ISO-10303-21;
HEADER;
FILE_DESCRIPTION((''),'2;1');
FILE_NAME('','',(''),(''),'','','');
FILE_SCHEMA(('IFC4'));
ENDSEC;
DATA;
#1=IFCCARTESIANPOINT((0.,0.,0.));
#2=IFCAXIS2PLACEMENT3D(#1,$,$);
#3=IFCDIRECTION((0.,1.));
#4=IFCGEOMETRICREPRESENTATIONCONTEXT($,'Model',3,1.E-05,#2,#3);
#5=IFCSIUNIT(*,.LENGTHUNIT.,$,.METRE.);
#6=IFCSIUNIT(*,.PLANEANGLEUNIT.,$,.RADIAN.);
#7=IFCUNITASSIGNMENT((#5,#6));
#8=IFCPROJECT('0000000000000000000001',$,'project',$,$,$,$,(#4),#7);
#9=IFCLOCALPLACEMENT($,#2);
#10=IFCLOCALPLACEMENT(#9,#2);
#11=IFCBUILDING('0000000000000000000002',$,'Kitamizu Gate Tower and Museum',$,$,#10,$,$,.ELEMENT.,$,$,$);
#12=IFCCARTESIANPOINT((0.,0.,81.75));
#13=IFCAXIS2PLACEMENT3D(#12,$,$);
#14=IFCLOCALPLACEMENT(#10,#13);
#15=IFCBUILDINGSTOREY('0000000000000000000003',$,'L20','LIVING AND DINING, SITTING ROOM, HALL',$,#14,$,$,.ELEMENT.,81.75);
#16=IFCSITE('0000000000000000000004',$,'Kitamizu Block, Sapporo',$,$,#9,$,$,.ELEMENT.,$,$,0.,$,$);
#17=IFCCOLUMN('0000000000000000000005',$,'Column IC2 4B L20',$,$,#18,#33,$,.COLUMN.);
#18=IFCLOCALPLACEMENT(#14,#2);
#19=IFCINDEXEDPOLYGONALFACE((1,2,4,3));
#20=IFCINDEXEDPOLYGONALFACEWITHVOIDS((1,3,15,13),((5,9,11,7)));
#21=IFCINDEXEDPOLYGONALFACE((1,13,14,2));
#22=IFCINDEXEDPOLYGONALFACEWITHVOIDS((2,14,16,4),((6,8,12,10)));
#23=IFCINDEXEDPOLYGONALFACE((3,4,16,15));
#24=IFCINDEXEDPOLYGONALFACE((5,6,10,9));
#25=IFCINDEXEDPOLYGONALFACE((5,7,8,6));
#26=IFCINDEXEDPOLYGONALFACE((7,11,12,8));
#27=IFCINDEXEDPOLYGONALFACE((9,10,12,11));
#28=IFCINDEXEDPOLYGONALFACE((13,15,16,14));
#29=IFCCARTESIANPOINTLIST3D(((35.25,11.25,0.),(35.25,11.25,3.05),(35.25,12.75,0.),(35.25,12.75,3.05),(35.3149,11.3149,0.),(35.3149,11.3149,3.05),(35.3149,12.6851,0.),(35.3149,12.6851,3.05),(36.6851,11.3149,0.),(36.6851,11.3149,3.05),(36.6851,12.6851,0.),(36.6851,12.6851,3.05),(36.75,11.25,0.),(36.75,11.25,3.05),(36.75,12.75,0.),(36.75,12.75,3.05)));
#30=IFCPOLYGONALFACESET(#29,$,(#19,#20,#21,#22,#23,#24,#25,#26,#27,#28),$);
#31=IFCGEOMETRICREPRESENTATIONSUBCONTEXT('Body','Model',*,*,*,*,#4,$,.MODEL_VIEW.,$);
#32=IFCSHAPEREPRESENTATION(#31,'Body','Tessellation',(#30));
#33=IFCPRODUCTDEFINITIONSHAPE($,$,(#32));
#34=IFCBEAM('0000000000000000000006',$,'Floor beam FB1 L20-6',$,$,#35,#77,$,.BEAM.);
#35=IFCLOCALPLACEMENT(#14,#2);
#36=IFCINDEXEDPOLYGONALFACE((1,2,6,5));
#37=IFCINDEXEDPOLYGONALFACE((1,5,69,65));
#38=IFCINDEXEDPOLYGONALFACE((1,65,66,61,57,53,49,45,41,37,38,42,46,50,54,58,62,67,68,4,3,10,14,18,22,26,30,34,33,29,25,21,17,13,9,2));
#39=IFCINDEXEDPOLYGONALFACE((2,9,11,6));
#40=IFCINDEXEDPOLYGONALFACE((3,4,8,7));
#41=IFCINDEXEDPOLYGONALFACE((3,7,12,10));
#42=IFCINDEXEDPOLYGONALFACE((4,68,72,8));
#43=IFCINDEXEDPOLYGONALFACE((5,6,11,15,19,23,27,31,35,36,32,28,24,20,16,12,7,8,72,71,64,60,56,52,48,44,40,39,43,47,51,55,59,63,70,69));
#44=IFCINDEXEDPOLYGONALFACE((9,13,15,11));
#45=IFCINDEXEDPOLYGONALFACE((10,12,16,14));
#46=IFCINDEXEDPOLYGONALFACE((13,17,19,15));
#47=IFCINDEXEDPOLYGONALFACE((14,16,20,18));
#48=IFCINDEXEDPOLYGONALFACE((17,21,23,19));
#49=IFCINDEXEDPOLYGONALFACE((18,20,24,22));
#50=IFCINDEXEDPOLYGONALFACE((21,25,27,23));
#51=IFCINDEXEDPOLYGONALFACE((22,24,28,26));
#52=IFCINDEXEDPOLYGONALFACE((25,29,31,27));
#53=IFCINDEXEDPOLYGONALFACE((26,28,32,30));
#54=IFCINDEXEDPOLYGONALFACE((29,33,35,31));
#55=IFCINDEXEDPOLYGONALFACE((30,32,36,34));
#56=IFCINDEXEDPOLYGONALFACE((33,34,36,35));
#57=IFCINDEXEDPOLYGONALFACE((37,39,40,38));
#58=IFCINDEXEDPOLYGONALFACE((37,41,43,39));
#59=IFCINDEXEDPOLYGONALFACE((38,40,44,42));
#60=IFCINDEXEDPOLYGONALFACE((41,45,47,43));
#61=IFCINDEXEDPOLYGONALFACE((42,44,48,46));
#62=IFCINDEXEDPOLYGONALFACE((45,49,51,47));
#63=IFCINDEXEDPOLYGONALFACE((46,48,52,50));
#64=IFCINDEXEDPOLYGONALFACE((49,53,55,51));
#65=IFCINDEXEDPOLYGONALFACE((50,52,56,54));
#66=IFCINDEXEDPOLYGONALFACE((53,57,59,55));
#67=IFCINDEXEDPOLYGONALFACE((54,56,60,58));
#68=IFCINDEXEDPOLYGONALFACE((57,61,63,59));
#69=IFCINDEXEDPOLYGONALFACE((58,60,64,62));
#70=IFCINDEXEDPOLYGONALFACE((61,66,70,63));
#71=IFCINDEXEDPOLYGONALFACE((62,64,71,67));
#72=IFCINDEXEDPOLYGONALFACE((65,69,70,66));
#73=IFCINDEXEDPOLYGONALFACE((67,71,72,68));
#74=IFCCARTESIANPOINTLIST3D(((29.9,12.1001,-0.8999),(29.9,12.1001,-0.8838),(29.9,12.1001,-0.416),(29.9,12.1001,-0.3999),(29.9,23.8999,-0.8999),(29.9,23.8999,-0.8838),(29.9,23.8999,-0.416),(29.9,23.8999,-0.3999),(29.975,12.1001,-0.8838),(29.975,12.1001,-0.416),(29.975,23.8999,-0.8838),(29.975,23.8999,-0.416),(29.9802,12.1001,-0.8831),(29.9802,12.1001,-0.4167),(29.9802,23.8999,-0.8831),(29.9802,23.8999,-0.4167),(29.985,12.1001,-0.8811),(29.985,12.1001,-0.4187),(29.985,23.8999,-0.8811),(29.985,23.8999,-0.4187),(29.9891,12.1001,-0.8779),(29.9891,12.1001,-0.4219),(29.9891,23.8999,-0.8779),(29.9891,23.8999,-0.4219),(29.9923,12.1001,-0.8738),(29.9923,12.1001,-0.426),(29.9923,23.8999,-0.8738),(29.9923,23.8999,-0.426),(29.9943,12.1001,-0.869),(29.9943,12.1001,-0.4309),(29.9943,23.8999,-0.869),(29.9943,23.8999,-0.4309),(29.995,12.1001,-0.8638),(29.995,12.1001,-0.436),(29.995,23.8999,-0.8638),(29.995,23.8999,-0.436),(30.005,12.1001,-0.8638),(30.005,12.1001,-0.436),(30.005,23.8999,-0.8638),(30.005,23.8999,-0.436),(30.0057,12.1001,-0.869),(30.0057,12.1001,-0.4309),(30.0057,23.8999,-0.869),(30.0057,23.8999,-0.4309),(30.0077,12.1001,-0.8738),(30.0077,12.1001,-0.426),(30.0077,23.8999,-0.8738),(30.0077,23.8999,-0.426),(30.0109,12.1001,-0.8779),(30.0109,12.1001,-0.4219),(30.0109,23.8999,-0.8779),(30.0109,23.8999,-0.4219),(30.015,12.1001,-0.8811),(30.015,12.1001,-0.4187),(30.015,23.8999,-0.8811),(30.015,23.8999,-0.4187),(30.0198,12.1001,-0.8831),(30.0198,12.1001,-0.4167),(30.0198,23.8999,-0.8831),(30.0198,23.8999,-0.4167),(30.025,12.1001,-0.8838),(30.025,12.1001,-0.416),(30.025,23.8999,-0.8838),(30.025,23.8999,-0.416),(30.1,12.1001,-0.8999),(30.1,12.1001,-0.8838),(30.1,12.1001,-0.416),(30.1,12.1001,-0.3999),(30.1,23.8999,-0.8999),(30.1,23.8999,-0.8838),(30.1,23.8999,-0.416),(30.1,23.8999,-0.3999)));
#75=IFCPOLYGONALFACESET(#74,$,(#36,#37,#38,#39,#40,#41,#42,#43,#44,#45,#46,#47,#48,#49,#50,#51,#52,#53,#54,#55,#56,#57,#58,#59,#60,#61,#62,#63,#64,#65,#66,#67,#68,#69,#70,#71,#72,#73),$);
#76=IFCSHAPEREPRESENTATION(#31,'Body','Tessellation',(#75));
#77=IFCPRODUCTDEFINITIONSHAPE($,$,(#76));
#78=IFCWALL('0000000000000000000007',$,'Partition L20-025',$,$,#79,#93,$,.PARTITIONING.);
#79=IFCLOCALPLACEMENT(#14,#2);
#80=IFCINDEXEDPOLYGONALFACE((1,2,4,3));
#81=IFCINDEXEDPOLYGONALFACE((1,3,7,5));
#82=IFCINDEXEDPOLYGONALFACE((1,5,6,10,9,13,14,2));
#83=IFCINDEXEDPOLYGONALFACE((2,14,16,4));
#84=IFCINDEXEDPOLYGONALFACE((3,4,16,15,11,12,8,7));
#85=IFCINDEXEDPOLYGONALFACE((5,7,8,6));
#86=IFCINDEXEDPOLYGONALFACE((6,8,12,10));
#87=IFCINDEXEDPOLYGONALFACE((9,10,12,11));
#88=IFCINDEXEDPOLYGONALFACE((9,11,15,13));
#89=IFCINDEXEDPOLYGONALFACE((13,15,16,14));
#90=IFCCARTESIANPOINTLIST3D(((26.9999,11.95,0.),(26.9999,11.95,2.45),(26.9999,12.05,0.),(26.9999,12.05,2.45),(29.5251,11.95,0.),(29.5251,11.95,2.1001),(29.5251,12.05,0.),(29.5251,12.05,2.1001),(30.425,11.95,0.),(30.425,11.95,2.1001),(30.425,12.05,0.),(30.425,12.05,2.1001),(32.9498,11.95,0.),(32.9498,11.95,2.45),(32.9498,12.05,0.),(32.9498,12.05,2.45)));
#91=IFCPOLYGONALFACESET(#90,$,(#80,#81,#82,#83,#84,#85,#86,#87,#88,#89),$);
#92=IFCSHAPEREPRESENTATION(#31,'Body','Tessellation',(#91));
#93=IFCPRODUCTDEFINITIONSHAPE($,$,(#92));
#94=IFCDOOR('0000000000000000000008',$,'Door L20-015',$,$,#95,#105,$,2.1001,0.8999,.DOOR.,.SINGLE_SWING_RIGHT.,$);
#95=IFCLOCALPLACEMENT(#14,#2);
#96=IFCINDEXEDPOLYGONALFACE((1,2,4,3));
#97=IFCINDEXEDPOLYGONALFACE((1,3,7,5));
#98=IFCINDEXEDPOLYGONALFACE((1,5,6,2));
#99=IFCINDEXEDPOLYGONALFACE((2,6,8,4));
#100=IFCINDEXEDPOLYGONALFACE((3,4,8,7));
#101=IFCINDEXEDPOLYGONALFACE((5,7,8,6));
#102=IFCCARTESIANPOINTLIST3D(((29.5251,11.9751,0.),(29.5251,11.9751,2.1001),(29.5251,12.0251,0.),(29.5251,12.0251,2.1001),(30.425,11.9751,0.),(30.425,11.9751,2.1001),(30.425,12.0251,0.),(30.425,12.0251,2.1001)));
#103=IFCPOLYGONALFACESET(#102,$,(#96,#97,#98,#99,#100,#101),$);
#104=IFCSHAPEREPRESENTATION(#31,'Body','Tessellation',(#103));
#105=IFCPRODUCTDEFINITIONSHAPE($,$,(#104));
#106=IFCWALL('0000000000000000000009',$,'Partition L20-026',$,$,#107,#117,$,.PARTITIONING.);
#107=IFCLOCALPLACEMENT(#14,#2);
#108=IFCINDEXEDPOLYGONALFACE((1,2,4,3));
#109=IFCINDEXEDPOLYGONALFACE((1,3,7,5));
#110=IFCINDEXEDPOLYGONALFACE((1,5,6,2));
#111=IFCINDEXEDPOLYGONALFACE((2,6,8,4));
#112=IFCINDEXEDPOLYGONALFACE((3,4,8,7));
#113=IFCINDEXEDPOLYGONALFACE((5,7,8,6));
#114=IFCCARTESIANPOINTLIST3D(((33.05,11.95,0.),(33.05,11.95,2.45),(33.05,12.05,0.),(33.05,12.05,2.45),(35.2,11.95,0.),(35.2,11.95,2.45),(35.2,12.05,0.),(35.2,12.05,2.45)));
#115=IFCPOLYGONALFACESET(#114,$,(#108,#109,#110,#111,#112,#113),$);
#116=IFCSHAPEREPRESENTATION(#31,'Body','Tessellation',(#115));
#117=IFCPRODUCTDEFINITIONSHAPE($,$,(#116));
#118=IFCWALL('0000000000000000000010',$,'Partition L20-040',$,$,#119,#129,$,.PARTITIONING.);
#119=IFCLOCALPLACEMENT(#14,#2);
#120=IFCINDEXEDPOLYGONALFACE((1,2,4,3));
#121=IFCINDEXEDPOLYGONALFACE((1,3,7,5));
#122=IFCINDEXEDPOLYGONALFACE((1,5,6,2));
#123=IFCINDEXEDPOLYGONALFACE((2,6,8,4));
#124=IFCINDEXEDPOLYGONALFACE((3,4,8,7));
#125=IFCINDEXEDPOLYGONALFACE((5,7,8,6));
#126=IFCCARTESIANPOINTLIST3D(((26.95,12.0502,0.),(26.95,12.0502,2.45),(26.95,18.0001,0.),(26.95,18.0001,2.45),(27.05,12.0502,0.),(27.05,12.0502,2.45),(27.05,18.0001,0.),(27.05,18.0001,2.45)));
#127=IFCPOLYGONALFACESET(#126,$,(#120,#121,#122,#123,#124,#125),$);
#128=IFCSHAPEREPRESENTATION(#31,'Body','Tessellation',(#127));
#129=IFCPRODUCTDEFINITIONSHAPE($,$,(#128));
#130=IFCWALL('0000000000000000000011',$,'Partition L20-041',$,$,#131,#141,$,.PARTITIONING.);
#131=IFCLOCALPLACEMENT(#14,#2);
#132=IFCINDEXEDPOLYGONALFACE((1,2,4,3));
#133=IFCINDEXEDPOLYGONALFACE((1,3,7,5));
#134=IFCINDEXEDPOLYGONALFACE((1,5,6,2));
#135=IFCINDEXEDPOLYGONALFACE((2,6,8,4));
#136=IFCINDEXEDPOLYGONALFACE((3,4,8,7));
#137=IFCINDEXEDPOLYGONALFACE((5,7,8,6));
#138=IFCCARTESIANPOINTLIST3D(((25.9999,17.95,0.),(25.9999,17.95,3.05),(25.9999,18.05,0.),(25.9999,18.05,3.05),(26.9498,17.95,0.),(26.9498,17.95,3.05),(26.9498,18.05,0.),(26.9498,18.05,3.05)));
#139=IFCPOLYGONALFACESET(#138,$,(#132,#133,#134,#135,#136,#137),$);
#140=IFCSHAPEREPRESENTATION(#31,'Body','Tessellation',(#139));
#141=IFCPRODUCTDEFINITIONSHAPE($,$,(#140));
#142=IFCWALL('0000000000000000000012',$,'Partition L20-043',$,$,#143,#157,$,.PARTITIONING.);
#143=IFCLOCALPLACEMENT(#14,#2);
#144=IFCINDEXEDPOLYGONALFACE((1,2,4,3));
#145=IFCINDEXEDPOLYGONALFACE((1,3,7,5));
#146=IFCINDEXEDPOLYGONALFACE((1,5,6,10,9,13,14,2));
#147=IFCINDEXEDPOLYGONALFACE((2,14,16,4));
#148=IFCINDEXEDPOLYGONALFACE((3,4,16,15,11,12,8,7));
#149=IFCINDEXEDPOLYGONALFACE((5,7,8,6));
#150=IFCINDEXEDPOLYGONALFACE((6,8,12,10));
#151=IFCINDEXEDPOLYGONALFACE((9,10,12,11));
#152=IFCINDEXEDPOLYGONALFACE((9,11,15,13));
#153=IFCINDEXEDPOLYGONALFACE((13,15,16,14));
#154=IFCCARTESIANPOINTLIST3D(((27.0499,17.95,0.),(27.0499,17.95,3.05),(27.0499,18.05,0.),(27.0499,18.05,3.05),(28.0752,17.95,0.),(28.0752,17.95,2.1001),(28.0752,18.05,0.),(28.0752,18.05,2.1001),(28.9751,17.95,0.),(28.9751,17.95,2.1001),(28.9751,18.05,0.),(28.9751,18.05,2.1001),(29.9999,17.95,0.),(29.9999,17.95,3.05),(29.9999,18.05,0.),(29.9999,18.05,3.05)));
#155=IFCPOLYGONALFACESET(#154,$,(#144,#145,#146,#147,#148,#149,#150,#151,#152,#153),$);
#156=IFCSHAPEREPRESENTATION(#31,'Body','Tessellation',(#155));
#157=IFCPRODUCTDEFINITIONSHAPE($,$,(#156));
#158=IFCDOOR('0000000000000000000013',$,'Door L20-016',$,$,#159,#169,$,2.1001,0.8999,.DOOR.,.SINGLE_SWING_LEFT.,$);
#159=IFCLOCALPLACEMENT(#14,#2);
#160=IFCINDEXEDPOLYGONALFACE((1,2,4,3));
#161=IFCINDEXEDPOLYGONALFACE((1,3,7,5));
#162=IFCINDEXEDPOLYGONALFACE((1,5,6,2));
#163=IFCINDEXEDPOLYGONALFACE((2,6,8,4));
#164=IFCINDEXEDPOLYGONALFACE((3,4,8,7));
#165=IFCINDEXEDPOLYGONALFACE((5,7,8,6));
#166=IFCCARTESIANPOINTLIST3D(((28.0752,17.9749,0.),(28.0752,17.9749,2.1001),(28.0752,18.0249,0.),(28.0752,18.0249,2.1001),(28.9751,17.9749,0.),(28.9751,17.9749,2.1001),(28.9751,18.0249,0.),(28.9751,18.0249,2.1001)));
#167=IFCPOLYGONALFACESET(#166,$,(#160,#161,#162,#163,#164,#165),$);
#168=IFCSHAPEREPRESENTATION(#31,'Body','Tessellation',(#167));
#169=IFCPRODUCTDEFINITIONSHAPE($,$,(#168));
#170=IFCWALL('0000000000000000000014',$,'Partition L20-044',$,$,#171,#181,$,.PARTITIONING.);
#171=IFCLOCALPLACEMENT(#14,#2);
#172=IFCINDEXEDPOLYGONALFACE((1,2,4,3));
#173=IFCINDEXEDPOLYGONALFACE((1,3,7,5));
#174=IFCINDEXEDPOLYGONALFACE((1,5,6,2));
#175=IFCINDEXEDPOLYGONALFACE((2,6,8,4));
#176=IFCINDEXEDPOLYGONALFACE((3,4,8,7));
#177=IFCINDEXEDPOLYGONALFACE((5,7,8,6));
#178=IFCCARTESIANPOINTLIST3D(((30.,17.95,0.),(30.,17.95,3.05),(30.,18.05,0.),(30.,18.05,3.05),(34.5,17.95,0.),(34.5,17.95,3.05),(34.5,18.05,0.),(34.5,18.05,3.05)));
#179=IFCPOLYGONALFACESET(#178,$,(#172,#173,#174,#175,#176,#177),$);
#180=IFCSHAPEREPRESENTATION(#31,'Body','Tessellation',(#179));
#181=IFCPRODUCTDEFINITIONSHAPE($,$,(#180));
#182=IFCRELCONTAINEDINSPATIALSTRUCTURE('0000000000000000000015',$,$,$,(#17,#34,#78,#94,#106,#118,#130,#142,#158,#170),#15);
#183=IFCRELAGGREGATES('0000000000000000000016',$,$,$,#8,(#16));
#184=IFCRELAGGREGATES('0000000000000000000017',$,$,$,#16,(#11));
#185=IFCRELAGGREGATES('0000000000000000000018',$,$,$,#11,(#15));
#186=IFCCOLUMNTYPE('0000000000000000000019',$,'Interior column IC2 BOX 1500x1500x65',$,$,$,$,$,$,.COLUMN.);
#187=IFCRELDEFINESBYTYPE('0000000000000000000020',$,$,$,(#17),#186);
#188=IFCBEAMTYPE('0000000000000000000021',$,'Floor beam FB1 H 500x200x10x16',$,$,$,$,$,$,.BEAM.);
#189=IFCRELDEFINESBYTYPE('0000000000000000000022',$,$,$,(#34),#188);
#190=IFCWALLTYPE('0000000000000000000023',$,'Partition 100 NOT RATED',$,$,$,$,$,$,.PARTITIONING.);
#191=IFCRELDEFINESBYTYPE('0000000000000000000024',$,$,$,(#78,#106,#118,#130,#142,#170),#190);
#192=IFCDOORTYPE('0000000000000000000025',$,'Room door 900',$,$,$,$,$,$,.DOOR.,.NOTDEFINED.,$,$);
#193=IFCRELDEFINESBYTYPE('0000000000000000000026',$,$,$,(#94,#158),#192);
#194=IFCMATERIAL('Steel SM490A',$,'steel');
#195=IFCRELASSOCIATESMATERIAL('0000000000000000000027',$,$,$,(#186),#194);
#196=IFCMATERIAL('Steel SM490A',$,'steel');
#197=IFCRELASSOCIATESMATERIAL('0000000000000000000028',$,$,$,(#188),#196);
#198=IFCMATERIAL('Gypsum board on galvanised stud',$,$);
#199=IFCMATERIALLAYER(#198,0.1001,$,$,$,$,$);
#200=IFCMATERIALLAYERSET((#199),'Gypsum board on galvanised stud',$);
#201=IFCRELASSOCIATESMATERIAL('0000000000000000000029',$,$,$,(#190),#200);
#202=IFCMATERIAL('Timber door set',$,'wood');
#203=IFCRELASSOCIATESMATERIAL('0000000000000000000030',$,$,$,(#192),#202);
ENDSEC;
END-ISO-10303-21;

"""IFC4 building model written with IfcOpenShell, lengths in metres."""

from ifc_helpers import new_model, si_unit, direction, frame, frame_2d, origin, origin_2d, place, context, subcontext, project, spatial, rectangle, hollow_rectangle, i_section, extrude, material, layer, layer_set, material_profile, profile_set, type_object, element, fill, save


model = new_model("IFC4")

# Units and contexts
model_context = context("Model", 3, precision=1e-05, world=origin(), true_north=direction((0.0, 1.0)))
body_context = subcontext(model_context, "Body", "Model", "MODEL_VIEW")
ifc_project = project(units=[si_unit("LENGTHUNIT", "METRE"), si_unit("PLANEANGLEUNIT", "RADIAN")], contexts=[model_context])

# Site, building, storey
site_placement = place(None, origin())
site = spatial("IfcSite", under=ifc_project, at=site_placement, Name="Kitamizu Block, Sapporo", CompositionType="ELEMENT", RefElevation=0.0)
building_placement = place(site_placement, origin())
building = spatial("IfcBuilding", under=site, at=building_placement, Name="Kitamizu Gate Tower and Museum", CompositionType="ELEMENT")
storey_placement = place(building_placement, frame((0.0, 0.0, 81.75)))
storey = spatial("IfcBuildingStorey", under=building, at=storey_placement, Name="L20", Description="LIVING AND DINING, SITTING ROOM, HALL", CompositionType="ELEMENT", Elevation=81.75)

# Column
ifc_material_1 = material(Name="Steel SM490A", Category="steel")
ifc_material_profile_1 = material_profile(ifc_material_1, hollow_rectangle(XDim=1.5, YDim=1.5, WallThickness=0.0649, at=origin_2d()), Name="BOX 1500x1500x65")
ifc_profile_set_1 = profile_set([ifc_material_profile_1], Name="Steel SM490A")
column_type = type_object("IfcColumnType", Name="Interior column IC2 BOX 1500x1500x65", PredefinedType="COLUMN", material=ifc_profile_set_1)
column_placement = place(storey_placement, frame((36.0, 12.0, 0.0), z_axis=(0.0, 0.0, 1.0), x_axis=(1.0, 0.0, 0.0)))
element("IfcColumn", 1, at=column_placement, inside=storey, type_object=column_type, Name="Column IC2 4B L20", PredefinedType="COLUMN", context=body_context, shape_type="SweptSolid", body=[
    extrude(hollow_rectangle(XDim=1.5, YDim=1.5, WallThickness=0.0649, at=origin_2d()), origin(), (0.0, 0.0, 1.0), 3.05),
])

# Beam
ifc_material_2 = material(Name="Steel SM490A", Category="steel")
ifc_material_profile_2 = material_profile(ifc_material_2, i_section(OverallWidth=0.2, OverallDepth=0.5, WebThickness=0.01, FlangeThickness=0.0161, FilletRadius=0.02, at=origin_2d()), Name="H-500x200x10x16")
ifc_profile_set_2 = profile_set([ifc_material_profile_2], Name="Steel SM490A")
beam_type = type_object("IfcBeamType", Name="Floor beam FB1 H 500x200x10x16", PredefinedType="BEAM", material=ifc_profile_set_2)
beam_placement = place(storey_placement, frame((30.0, 12.1001, -0.6499), z_axis=(0.0, 1.0, 0.0), x_axis=(-1.0, 0.0, 0.0)))
element("IfcBeam", 2, at=beam_placement, inside=storey, type_object=beam_type, Name="Floor beam FB1 L20-6", PredefinedType="BEAM", context=body_context, shape_type="SweptSolid", body=[
    extrude(i_section(OverallWidth=0.2, OverallDepth=0.5, WebThickness=0.01, FlangeThickness=0.0161, FilletRadius=0.02, at=origin_2d()), origin(), (0.0, 0.0, 1.0), 11.7998),
])

# Wall, opening, door
ifc_material_3 = material(Name="Gypsum board on galvanised stud")
ifc_layer_1 = layer(ifc_material_3, 0.1001)
ifc_layer_set_1 = layer_set([ifc_layer_1], Name="Gypsum board on galvanised stud")
wall_type_1 = type_object("IfcWallType", Name="Partition 100 NOT RATED", PredefinedType="PARTITIONING", material=ifc_layer_set_1)
wall_1_placement = place(storey_placement, frame((32.95, 12.0, 0.0), z_axis=(0.0, 0.0, 1.0), x_axis=(-1.0, 0.0, 0.0)))
wall_1 = element("IfcWall", 3, at=wall_1_placement, inside=storey, type_object=wall_type_1, Name="Partition L20-025", PredefinedType="PARTITIONING", context=body_context, shape_type="SweptSolid", body=[
    extrude(rectangle(XDim=5.95, YDim=0.1001, at=frame_2d((2.9751, 0.0))), origin(), (0.0, 0.0, 1.0), 2.45),
])
opening_1_placement = place(wall_1_placement, frame((2.5249, 0.0, 0.0)))
opening_1 = element("IfcOpeningElement", 4, at=opening_1_placement, cuts=wall_1, PredefinedType="OPENING", context=body_context, shape_type="SweptSolid", body=[
    extrude(rectangle(XDim=0.8999, YDim=2.1001, at=frame_2d((0.45, 1.05))), frame((0.0, 0.0601, 0.0), z_axis=(0.0, -1.0, 0.0), x_axis=(1.0, 0.0, 0.0)), (0.0, 0.0, 1.0), 0.1201),
])
ifc_material_4 = material(Name="Timber door set", Category="wood")
door_type = type_object("IfcDoorType", Name="Room door 900", OperationType="NOTDEFINED", PredefinedType="DOOR", material=ifc_material_4)
door_1_placement = place(opening_1_placement, origin())
door_1 = element("IfcDoor", 5, at=door_1_placement, inside=storey, type_object=door_type, Name="Door L20-015", OperationType="SINGLE_SWING_RIGHT", OverallHeight=2.1001, OverallWidth=0.8999, PredefinedType="DOOR", context=body_context, shape_type="SweptSolid", body=[
    extrude(rectangle(XDim=0.8999, YDim=2.1001, at=frame_2d((0.45, 1.05))), frame((0.0, 0.0249, 0.0), z_axis=(0.0, -1.0, 0.0), x_axis=(1.0, 0.0, 0.0)), (0.0, 0.0, 1.0), 0.05),
])
fill(opening_1, door_1)

# Walls
wall_2_placement = place(storey_placement, frame((35.2, 12.0, 0.0), z_axis=(0.0, 0.0, 1.0), x_axis=(-1.0, 0.0, 0.0)))
element("IfcWall", 6, at=wall_2_placement, inside=storey, type_object=wall_type_1, Name="Partition L20-026", PredefinedType="PARTITIONING", context=body_context, shape_type="SweptSolid", body=[
    extrude(rectangle(XDim=2.1499, YDim=0.1001, at=frame_2d((1.075, 0.0))), origin(), (0.0, 0.0, 1.0), 2.45),
])
wall_3_placement = place(storey_placement, frame((27.0, 12.05, 0.0), z_axis=(0.0, 0.0, 1.0), x_axis=(0.0, 1.0, 0.0)))
element("IfcWall", 7, at=wall_3_placement, inside=storey, type_object=wall_type_1, Name="Partition L20-040", PredefinedType="PARTITIONING", context=body_context, shape_type="SweptSolid", body=[
    extrude(rectangle(XDim=5.95, YDim=0.1001, at=frame_2d((2.9751, 0.0))), origin(), (0.0, 0.0, 1.0), 2.45),
])
wall_4_placement = place(storey_placement, frame((26.95, 18.0, 0.0), z_axis=(0.0, 0.0, 1.0), x_axis=(-1.0, 0.0, 0.0)))
element("IfcWall", 8, at=wall_4_placement, inside=storey, type_object=wall_type_1, Name="Partition L20-041", PredefinedType="PARTITIONING", context=body_context, shape_type="SweptSolid", body=[
    extrude(rectangle(XDim=0.95, YDim=0.1001, at=frame_2d((0.4751, 0.0))), origin(), (0.0, 0.0, 1.0), 3.05),
])

# Wall, opening, door
wall_5_placement = place(storey_placement, frame((30.0, 18.0, 0.0), z_axis=(0.0, 0.0, 1.0), x_axis=(-1.0, 0.0, 0.0)))
wall_5 = element("IfcWall", 9, at=wall_5_placement, inside=storey, type_object=wall_type_1, Name="Partition L20-043", PredefinedType="PARTITIONING", context=body_context, shape_type="SweptSolid", body=[
    extrude(rectangle(XDim=2.95, YDim=0.1001, at=frame_2d((1.4751, 0.0))), origin(), (0.0, 0.0, 1.0), 3.05),
])
opening_2_placement = place(wall_5_placement, frame((1.0249, 0.0, 0.0)))
opening_2 = element("IfcOpeningElement", 10, at=opening_2_placement, cuts=wall_5, PredefinedType="OPENING", context=body_context, shape_type="SweptSolid", body=[
    extrude(rectangle(XDim=0.8999, YDim=2.1001, at=frame_2d((0.45, 1.05))), frame((0.0, 0.0601, 0.0), z_axis=(0.0, -1.0, 0.0), x_axis=(1.0, 0.0, 0.0)), (0.0, 0.0, 1.0), 0.1201),
])
door_2_placement = place(opening_2_placement, frame((0.8999, 0.0, 0.0), x_axis=(-1.0, 0.0, 0.0)))
door_2 = element("IfcDoor", 11, at=door_2_placement, inside=storey, type_object=door_type, Name="Door L20-016", OperationType="SINGLE_SWING_LEFT", OverallHeight=2.1001, OverallWidth=0.8999, PredefinedType="DOOR", context=body_context, shape_type="SweptSolid", body=[
    extrude(rectangle(XDim=0.8999, YDim=2.1001, at=frame_2d((0.45, 1.05))), frame((0.0, 0.0249, 0.0), z_axis=(0.0, -1.0, 0.0), x_axis=(1.0, 0.0, 0.0)), (0.0, 0.0, 1.0), 0.05),
])
fill(opening_2, door_2)

# Wall
wall_6_placement = place(storey_placement, frame((34.5, 18.0, 0.0), z_axis=(0.0, 0.0, 1.0), x_axis=(-1.0, 0.0, 0.0)))
element("IfcWall", 12, at=wall_6_placement, inside=storey, type_object=wall_type_1, Name="Partition L20-044", PredefinedType="PARTITIONING", context=body_context, shape_type="SweptSolid", body=[
    extrude(rectangle(XDim=4.5, YDim=0.1001, at=frame_2d((2.25, 0.0))), origin(), (0.0, 0.0, 1.0), 3.05),
])

save(model, "model.ifc")
